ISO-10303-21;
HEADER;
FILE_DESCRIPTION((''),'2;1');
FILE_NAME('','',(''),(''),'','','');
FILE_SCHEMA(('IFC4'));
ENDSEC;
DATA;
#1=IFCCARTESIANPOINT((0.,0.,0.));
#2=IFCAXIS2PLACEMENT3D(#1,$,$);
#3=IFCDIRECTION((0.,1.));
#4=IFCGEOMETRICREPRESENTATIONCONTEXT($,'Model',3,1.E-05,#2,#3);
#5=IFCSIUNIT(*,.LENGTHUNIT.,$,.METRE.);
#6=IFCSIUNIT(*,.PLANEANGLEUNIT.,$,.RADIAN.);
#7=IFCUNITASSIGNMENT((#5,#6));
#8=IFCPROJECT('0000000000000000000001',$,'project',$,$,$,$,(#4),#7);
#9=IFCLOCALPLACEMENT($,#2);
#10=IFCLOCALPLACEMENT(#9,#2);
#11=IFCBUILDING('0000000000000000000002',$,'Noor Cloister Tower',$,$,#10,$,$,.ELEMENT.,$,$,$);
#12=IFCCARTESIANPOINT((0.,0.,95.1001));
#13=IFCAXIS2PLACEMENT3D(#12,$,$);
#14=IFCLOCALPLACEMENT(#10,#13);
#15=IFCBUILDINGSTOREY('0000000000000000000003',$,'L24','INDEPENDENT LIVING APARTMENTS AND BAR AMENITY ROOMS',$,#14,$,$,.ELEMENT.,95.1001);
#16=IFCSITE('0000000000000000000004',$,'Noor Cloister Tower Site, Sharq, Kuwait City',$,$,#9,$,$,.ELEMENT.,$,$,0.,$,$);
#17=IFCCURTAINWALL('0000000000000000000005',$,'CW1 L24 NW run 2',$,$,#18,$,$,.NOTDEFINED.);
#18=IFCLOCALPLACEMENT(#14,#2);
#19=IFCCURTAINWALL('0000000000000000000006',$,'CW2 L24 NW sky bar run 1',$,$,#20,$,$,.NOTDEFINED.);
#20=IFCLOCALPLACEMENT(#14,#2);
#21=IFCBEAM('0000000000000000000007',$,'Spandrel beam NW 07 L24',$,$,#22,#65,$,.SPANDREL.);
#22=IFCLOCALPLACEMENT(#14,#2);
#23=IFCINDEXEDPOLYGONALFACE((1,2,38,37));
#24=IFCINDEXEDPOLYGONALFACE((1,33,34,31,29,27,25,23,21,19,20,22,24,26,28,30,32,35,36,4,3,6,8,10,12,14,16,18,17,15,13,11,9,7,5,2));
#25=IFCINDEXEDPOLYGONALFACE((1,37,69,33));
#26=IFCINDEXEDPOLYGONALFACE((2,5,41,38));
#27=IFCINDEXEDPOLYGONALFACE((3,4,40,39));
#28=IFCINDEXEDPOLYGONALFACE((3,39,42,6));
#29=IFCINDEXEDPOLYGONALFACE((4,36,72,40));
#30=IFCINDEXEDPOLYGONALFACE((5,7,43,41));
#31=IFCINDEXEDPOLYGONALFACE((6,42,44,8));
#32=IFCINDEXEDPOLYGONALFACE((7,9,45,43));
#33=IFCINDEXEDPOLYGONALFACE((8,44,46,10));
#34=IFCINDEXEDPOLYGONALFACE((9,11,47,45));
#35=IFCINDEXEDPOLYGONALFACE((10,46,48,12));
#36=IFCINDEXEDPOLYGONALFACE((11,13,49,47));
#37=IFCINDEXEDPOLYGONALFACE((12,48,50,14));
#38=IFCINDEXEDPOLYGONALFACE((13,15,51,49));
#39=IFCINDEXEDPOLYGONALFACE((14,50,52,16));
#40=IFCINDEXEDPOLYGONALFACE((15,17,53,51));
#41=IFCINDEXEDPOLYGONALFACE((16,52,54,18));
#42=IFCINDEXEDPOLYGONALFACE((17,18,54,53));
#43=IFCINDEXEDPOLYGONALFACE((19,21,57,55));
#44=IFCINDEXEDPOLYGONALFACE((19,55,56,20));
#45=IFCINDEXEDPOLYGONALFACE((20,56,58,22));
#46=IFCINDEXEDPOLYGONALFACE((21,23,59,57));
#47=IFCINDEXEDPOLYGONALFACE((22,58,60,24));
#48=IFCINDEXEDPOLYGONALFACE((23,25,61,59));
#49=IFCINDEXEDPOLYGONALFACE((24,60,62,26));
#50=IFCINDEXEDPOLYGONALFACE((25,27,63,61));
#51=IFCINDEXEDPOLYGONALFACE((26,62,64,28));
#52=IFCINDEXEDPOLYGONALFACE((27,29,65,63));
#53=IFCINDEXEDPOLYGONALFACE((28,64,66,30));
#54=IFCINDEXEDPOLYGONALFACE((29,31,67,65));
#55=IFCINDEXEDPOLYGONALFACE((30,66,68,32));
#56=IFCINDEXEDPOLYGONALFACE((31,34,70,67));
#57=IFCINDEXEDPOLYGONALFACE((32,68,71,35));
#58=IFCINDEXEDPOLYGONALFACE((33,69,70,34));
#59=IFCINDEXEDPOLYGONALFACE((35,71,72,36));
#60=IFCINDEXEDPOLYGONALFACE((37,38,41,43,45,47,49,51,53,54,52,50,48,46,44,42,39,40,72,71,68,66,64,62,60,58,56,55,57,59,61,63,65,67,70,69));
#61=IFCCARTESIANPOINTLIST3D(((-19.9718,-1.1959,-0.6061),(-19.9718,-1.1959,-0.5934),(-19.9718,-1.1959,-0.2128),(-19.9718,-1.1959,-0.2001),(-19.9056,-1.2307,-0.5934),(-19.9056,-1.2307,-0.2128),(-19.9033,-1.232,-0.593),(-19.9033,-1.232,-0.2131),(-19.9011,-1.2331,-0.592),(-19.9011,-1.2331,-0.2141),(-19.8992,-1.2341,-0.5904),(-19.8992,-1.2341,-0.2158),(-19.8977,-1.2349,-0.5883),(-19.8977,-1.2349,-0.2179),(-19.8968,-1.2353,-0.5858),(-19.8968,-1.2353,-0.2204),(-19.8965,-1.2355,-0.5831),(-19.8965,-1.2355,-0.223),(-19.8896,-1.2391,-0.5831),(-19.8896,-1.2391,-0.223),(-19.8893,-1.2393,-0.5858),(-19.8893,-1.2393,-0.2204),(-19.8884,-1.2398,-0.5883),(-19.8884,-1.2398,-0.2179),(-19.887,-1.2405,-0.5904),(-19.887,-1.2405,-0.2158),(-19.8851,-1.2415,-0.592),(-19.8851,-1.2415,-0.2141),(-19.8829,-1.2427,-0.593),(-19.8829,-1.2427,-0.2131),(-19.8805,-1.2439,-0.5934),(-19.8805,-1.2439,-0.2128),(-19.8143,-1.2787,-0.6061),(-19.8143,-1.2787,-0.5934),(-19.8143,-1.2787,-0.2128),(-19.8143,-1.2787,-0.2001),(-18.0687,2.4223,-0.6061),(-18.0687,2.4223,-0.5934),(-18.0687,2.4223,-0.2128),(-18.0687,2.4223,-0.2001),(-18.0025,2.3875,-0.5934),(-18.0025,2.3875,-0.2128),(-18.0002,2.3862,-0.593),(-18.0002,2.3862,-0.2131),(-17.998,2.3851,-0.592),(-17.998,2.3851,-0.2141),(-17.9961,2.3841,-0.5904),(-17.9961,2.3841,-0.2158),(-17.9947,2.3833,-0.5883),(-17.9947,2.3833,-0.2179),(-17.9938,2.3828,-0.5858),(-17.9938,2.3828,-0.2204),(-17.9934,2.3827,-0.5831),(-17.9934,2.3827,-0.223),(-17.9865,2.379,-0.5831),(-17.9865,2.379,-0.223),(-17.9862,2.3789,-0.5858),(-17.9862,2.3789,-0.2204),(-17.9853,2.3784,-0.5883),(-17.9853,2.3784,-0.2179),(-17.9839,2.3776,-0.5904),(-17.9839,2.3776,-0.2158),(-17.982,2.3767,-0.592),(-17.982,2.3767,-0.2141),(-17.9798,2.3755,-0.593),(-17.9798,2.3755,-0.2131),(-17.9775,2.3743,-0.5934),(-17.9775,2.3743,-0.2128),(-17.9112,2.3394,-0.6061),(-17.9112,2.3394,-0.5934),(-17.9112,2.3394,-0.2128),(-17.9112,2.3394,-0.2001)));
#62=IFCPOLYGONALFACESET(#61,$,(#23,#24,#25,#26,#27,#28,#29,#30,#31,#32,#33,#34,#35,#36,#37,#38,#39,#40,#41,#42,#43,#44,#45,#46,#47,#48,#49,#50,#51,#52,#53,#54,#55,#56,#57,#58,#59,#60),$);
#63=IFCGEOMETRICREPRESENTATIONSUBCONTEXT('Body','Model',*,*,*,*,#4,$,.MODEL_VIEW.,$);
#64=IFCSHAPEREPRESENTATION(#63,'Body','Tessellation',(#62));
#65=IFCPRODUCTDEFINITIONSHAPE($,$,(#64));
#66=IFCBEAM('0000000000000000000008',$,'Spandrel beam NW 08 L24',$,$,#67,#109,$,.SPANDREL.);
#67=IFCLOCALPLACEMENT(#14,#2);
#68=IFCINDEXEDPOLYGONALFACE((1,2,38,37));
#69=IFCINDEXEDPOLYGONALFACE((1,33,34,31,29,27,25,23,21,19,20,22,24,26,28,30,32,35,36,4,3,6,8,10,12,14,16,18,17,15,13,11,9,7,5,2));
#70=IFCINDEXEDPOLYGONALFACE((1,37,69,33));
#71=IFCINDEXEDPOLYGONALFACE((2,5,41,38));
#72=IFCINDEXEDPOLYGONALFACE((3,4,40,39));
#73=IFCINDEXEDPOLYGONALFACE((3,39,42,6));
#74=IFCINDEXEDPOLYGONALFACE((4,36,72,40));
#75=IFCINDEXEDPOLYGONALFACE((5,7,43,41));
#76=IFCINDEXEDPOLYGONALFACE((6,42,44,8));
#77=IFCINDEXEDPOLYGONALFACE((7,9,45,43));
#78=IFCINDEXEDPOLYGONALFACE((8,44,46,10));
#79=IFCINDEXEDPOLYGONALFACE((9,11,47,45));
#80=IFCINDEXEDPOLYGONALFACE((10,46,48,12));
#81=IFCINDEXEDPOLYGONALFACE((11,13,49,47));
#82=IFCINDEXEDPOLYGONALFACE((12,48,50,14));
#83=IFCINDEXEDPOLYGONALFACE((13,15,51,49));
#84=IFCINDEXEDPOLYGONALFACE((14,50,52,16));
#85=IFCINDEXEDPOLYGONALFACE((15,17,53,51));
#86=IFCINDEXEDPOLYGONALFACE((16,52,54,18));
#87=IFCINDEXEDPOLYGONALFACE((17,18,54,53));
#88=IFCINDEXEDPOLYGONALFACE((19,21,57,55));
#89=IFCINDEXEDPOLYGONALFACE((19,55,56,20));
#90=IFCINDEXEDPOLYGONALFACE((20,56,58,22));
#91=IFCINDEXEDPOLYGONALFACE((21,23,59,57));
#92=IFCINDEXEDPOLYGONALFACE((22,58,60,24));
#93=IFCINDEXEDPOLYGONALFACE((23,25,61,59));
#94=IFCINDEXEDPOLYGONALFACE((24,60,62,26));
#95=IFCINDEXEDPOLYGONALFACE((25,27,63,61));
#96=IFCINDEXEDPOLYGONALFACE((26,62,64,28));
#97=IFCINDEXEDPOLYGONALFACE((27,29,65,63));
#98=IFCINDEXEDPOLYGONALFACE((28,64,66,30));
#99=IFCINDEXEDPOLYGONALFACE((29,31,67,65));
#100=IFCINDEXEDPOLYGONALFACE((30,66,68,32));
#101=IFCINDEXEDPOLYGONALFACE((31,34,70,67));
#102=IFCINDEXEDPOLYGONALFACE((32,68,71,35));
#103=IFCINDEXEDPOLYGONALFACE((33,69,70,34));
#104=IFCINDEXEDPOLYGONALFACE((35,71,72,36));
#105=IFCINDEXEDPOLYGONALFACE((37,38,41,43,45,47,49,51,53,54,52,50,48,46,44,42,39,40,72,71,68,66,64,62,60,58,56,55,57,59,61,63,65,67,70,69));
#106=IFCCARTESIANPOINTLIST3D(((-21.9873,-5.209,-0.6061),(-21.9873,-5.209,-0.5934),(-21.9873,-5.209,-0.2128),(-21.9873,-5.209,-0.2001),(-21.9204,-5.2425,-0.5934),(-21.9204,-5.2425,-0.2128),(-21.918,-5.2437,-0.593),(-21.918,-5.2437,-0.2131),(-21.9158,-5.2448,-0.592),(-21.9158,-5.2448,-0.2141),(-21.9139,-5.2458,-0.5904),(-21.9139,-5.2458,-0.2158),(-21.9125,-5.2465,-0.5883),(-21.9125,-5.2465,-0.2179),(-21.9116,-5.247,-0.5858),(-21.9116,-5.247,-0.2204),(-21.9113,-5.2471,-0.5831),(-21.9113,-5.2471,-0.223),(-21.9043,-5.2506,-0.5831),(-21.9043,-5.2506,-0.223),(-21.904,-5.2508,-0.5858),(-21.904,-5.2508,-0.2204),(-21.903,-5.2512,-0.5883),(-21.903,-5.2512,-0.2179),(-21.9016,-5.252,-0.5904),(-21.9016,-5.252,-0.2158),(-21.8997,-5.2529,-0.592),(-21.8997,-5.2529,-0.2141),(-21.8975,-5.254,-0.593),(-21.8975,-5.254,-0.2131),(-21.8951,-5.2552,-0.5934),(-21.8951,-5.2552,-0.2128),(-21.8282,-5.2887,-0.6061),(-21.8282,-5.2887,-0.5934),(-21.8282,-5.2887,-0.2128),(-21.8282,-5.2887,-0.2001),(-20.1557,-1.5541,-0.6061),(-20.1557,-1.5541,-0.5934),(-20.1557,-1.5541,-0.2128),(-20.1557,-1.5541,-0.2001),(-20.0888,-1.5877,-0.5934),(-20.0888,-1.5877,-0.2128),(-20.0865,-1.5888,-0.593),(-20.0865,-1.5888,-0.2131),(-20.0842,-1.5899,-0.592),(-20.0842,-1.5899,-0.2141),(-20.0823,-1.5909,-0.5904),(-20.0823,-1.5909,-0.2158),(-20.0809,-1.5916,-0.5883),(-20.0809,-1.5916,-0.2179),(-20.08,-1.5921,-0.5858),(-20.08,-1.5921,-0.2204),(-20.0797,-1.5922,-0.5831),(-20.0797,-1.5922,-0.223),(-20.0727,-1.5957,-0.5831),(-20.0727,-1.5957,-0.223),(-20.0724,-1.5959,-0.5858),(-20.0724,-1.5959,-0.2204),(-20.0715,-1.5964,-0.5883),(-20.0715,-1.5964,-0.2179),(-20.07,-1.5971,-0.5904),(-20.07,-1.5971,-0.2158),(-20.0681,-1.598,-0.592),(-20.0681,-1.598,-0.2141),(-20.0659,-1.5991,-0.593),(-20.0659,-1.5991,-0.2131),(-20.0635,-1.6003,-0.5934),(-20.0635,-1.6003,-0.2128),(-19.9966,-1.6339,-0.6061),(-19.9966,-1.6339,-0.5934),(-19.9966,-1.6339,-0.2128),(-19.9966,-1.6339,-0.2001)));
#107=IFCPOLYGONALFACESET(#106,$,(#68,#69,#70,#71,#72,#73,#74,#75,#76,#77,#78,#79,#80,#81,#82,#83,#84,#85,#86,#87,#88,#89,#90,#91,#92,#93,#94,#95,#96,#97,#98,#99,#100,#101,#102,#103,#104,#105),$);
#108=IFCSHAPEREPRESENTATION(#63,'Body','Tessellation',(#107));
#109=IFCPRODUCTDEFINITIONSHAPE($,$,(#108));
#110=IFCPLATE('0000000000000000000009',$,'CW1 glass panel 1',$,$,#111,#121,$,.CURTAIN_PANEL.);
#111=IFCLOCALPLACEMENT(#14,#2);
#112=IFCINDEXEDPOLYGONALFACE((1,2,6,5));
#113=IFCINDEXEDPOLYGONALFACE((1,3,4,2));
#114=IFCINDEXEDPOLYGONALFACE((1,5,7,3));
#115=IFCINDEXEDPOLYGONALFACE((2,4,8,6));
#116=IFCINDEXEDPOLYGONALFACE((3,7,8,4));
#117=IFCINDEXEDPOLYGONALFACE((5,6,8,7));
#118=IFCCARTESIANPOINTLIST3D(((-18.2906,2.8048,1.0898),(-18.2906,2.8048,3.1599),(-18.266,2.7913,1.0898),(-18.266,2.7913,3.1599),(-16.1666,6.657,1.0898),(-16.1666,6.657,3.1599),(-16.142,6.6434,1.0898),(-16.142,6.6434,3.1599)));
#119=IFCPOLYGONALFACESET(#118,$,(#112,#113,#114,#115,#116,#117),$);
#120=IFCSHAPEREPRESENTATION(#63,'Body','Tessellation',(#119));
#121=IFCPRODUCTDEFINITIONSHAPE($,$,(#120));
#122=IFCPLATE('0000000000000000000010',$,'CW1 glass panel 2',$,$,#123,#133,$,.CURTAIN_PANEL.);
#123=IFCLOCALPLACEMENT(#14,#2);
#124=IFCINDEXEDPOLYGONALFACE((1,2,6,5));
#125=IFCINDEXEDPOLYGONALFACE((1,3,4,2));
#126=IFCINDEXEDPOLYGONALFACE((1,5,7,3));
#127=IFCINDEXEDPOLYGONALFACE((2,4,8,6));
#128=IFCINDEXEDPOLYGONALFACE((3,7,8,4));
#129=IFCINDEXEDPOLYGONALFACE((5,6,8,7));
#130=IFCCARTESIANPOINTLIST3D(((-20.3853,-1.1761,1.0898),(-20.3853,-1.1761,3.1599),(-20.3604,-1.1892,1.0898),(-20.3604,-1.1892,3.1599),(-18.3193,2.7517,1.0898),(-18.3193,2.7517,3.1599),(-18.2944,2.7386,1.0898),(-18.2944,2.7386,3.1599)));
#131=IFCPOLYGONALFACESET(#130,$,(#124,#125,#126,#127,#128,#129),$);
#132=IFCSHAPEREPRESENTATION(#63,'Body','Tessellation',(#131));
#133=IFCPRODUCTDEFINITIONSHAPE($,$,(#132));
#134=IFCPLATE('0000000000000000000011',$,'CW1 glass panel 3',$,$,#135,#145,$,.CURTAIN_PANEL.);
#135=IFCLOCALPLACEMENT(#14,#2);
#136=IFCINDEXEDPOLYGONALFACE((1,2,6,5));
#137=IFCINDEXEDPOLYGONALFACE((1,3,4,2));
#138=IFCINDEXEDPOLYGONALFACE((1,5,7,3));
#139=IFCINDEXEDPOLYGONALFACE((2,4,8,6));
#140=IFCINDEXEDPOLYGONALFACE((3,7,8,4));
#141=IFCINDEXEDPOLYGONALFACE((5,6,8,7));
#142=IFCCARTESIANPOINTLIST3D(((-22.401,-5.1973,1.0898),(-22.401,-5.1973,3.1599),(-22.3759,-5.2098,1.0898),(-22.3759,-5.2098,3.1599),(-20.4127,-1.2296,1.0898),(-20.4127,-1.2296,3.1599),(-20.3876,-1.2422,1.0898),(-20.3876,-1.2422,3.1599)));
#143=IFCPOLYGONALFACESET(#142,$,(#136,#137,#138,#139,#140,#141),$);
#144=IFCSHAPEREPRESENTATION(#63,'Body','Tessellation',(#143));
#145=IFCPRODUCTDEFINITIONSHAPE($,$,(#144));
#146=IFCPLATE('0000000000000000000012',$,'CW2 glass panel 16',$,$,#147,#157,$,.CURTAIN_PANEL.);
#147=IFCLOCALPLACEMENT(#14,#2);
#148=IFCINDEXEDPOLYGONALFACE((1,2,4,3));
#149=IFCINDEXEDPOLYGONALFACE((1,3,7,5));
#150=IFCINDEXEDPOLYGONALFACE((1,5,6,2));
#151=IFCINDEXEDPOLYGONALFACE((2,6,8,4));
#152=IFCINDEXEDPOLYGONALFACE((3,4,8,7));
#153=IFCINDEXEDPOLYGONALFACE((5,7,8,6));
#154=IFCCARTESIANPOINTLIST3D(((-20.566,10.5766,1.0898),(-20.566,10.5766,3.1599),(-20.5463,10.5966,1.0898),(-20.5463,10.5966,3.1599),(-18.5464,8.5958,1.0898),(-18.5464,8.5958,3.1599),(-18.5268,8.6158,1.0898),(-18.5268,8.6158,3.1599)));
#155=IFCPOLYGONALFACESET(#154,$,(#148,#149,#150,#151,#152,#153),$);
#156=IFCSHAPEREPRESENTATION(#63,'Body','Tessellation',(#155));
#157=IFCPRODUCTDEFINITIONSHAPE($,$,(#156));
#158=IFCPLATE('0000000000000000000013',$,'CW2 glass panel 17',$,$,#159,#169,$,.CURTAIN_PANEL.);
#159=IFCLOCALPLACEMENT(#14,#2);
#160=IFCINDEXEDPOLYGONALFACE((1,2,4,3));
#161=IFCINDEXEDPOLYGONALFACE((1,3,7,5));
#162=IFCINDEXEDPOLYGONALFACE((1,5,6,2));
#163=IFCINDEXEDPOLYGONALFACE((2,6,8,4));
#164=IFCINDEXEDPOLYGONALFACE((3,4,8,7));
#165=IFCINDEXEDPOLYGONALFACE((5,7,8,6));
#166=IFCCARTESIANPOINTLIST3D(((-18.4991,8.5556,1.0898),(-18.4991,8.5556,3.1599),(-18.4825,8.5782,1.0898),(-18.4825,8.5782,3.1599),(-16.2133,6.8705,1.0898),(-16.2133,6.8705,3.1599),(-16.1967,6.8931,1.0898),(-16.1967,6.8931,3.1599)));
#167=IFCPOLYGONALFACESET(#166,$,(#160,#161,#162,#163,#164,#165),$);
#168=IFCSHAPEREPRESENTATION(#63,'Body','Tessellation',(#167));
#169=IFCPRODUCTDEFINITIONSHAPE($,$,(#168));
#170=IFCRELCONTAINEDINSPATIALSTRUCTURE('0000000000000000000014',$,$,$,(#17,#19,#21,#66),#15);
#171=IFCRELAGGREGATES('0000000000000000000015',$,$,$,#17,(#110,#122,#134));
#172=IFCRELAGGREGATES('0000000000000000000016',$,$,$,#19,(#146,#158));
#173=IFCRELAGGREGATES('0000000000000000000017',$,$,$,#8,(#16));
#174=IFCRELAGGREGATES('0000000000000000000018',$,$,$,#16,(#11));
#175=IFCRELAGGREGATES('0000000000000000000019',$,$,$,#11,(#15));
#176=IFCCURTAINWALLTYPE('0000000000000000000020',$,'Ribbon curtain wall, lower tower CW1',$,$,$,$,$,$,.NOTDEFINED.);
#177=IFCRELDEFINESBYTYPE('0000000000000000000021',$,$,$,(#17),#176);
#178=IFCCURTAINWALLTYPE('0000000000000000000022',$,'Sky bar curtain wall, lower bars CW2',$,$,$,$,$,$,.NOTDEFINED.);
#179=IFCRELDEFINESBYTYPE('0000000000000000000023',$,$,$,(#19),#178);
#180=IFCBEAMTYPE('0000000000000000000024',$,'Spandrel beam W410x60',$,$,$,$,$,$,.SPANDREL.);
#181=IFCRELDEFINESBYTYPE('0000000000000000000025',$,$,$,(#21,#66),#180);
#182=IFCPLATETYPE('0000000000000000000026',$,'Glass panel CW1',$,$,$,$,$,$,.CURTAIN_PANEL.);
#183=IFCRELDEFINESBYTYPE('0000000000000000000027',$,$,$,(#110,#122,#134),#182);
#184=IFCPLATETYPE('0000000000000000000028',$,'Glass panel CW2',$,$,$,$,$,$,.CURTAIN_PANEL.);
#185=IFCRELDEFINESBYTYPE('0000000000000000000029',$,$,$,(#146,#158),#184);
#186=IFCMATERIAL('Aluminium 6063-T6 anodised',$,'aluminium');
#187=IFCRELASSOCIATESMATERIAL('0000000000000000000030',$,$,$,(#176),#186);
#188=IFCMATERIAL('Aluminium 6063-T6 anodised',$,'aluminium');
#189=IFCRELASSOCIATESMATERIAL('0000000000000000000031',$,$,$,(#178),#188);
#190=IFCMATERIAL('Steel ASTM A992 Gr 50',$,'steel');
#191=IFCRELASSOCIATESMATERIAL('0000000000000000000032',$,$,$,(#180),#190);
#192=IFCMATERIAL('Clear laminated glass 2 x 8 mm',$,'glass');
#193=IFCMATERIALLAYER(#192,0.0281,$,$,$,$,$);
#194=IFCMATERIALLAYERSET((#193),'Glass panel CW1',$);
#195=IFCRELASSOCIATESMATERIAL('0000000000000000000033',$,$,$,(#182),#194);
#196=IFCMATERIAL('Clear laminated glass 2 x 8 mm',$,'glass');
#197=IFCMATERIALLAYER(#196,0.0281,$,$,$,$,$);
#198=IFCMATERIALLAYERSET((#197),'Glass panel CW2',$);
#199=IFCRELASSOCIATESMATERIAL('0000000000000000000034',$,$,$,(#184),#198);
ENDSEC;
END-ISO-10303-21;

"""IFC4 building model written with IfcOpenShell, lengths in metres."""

from ifc_helpers import new_model, si_unit, direction, frame, origin, origin_2d, place, context, subcontext, project, spatial, rectangle, i_section, extrude, material, layer, layer_set, material_profile, profile_set, type_object, element, aggregate, save


model = new_model("IFC4")

# Units and contexts
model_context = context("Model", 3, precision=1e-05, world=origin(), true_north=direction((0.0, 1.0)))
body_context = subcontext(model_context, "Body", "Model", "MODEL_VIEW")
ifc_project = project(units=[si_unit("LENGTHUNIT", "METRE"), si_unit("PLANEANGLEUNIT", "RADIAN")], contexts=[model_context])

# Site, building, storey
site_placement = place(None, origin())
site = spatial("IfcSite", under=ifc_project, at=site_placement, Name="Noor Cloister Tower Site, Sharq, Kuwait City", CompositionType="ELEMENT", RefElevation=0.0)
building_placement = place(site_placement, origin())
building = spatial("IfcBuilding", under=site, at=building_placement, Name="Noor Cloister Tower", CompositionType="ELEMENT")
storey_placement = place(building_placement, frame((0.0, 0.0, 95.1001)))
storey = spatial("IfcBuildingStorey", under=building, at=storey_placement, Name="L24", Description="INDEPENDENT LIVING APARTMENTS AND BAR AMENITY ROOMS", CompositionType="ELEMENT", Elevation=95.1001)

# Curtain walls
ifc_material_1 = material(Name="Aluminium 6063-T6 anodised", Category="aluminium")
curtain_wall_type_1 = type_object("IfcCurtainWallType", Name="Ribbon curtain wall, lower tower CW1", PredefinedType="NOTDEFINED", material=ifc_material_1)
curtain_wall_1_placement = place(storey_placement, origin())
curtain_wall_1 = element("IfcCurtainWall", 1, at=curtain_wall_1_placement, inside=storey, type_object=curtain_wall_type_1, Name="CW1 L24 NW run 2", PredefinedType="NOTDEFINED")
ifc_material_2 = material(Name="Aluminium 6063-T6 anodised", Category="aluminium")
curtain_wall_type_2 = type_object("IfcCurtainWallType", Name="Sky bar curtain wall, lower bars CW2", PredefinedType="NOTDEFINED", material=ifc_material_2)
curtain_wall_2_placement = place(storey_placement, origin())
curtain_wall_2 = element("IfcCurtainWall", 2, at=curtain_wall_2_placement, inside=storey, type_object=curtain_wall_type_2, Name="CW2 L24 NW sky bar run 1", PredefinedType="NOTDEFINED")

# Beams
ifc_material_3 = material(Name="Steel ASTM A992 Gr 50", Category="steel")
ifc_material_profile_1 = material_profile(ifc_material_3, i_section(OverallWidth=0.178, OverallDepth=0.406, WebThickness=0.0078, FlangeThickness=0.0127, FilletRadius=0.0103, at=origin_2d()), Name="W410x60")
ifc_profile_set_1 = profile_set([ifc_material_profile_1], Name="Steel ASTM A992 Gr 50")
beam_type_1 = type_object("IfcBeamType", Name="Spandrel beam W410x60", PredefinedType="SPANDREL", material=ifc_profile_set_1)
for number, where, z_axis, x_axis, name in (
    (3, (-17.99, 2.3809, -0.4031), (-0.465513, -0.885041, 0.0), (0.885041, -0.465513, 0.0), "Spandrel beam NW 07 L24"),
    (4, (-20.0762, -1.594, -0.4031), (-0.448026, -0.894021, 0.0), (0.894021, -0.448026, 0.0), "Spandrel beam NW 08 L24"),
):
    element("IfcBeam", number, at=place(storey_placement, frame(where, z_axis=z_axis, x_axis=x_axis)), inside=storey, type_object=beam_type_1, Name=name, PredefinedType="SPANDREL", context=body_context, shape_type="SweptSolid", body=[
        extrude(i_section(OverallWidth=0.178, OverallDepth=0.406, WebThickness=0.0078, FlangeThickness=0.0127, FilletRadius=0.0103, at=origin_2d()), origin(), (0.0, 0.0, 1.0), 4.0881),
    ])

# Plates
ifc_material_4 = material(Name="Clear laminated glass 2 x 8 mm", Category="glass")
ifc_layer_1 = layer(ifc_material_4, 0.0281)
ifc_layer_set_1 = layer_set([ifc_layer_1], Name="Glass panel CW1")
plate_type_1 = type_object("IfcPlateType", Name="Glass panel CW1", PredefinedType="CURTAIN_PANEL", material=ifc_layer_set_1)
plate_1_placement = place(storey_placement, frame((-17.2163, 4.7241, 1.0898), z_axis=(0.0, 0.0, 1.0), x_axis=(-0.482858, -0.875699, 0.0)))
plate_1 = element("IfcPlate", 5, at=plate_1_placement, type_object=plate_type_1, Name="CW1 glass panel 1", PredefinedType="CURTAIN_PANEL", context=body_context, shape_type="SweptSolid", body=[
    extrude(rectangle(XDim=4.3989, YDim=0.0281, at=origin_2d()), origin(), (0.0, 0.0, 1.0), 2.0701),
])
plate_2_placement = place(storey_placement, frame((-19.3398, 0.7812, 1.0898), z_axis=(0.0, 0.0, 1.0), x_axis=(-0.465529, -0.885033, 0.0)))
plate_2 = element("IfcPlate", 6, at=plate_2_placement, type_object=plate_type_1, Name="CW1 glass panel 2", PredefinedType="CURTAIN_PANEL", context=body_context, shape_type="SweptSolid", body=[
    extrude(rectangle(XDim=4.438, YDim=0.0281, at=origin_2d()), origin(), (0.0, 0.0, 1.0), 2.0701),
])
plate_3_placement = place(storey_placement, frame((-21.3943, -3.2197, 1.0898), z_axis=(0.0, 0.0, 1.0), x_axis=(-0.44802, -0.894024, 0.0)))
plate_3 = element("IfcPlate", 7, at=plate_3_placement, type_object=plate_type_1, Name="CW1 glass panel 3", PredefinedType="CURTAIN_PANEL", context=body_context, shape_type="SweptSolid", body=[
    extrude(rectangle(XDim=4.438, YDim=0.0281, at=origin_2d()), origin(), (0.0, 0.0, 1.0), 2.0701),
])
aggregate(curtain_wall_1, [plate_1, plate_2, plate_3])
ifc_material_5 = material(Name="Clear laminated glass 2 x 8 mm", Category="glass")
ifc_layer_2 = layer(ifc_material_5, 0.0281)
ifc_layer_set_2 = layer_set([ifc_layer_2], Name="Glass panel CW2")
plate_type_2 = type_object("IfcPlateType", Name="Glass panel CW2", PredefinedType="CURTAIN_PANEL", material=ifc_layer_set_2)
plate_4_placement = place(storey_placement, frame((-19.5464, 9.5962, 1.0898), z_axis=(0.0, 0.0, 1.0), x_axis=(0.713922, -0.700225, 0.0)))
plate_4 = element("IfcPlate", 8, at=plate_4_placement, type_object=plate_type_2, Name="CW2 glass panel 16", PredefinedType="CURTAIN_PANEL", context=body_context, shape_type="SweptSolid", body=[
    extrude(rectangle(XDim=2.8289, YDim=0.0281, at=origin_2d()), origin(), (0.0, 0.0, 1.0), 2.0701),
])
plate_5_placement = place(storey_placement, frame((-17.3479, 7.7244, 1.0898), z_axis=(0.0, 0.0, 1.0), x_axis=(0.804907, -0.593401, 0.0)))
plate_5 = element("IfcPlate", 9, at=plate_5_placement, type_object=plate_type_2, Name="CW2 glass panel 17", PredefinedType="CURTAIN_PANEL", context=body_context, shape_type="SweptSolid", body=[
    extrude(rectangle(XDim=2.8398, YDim=0.0281, at=origin_2d()), origin(), (0.0, 0.0, 1.0), 2.0701),
])
aggregate(curtain_wall_2, [plate_4, plate_5])

save(model, "model.ifc")
